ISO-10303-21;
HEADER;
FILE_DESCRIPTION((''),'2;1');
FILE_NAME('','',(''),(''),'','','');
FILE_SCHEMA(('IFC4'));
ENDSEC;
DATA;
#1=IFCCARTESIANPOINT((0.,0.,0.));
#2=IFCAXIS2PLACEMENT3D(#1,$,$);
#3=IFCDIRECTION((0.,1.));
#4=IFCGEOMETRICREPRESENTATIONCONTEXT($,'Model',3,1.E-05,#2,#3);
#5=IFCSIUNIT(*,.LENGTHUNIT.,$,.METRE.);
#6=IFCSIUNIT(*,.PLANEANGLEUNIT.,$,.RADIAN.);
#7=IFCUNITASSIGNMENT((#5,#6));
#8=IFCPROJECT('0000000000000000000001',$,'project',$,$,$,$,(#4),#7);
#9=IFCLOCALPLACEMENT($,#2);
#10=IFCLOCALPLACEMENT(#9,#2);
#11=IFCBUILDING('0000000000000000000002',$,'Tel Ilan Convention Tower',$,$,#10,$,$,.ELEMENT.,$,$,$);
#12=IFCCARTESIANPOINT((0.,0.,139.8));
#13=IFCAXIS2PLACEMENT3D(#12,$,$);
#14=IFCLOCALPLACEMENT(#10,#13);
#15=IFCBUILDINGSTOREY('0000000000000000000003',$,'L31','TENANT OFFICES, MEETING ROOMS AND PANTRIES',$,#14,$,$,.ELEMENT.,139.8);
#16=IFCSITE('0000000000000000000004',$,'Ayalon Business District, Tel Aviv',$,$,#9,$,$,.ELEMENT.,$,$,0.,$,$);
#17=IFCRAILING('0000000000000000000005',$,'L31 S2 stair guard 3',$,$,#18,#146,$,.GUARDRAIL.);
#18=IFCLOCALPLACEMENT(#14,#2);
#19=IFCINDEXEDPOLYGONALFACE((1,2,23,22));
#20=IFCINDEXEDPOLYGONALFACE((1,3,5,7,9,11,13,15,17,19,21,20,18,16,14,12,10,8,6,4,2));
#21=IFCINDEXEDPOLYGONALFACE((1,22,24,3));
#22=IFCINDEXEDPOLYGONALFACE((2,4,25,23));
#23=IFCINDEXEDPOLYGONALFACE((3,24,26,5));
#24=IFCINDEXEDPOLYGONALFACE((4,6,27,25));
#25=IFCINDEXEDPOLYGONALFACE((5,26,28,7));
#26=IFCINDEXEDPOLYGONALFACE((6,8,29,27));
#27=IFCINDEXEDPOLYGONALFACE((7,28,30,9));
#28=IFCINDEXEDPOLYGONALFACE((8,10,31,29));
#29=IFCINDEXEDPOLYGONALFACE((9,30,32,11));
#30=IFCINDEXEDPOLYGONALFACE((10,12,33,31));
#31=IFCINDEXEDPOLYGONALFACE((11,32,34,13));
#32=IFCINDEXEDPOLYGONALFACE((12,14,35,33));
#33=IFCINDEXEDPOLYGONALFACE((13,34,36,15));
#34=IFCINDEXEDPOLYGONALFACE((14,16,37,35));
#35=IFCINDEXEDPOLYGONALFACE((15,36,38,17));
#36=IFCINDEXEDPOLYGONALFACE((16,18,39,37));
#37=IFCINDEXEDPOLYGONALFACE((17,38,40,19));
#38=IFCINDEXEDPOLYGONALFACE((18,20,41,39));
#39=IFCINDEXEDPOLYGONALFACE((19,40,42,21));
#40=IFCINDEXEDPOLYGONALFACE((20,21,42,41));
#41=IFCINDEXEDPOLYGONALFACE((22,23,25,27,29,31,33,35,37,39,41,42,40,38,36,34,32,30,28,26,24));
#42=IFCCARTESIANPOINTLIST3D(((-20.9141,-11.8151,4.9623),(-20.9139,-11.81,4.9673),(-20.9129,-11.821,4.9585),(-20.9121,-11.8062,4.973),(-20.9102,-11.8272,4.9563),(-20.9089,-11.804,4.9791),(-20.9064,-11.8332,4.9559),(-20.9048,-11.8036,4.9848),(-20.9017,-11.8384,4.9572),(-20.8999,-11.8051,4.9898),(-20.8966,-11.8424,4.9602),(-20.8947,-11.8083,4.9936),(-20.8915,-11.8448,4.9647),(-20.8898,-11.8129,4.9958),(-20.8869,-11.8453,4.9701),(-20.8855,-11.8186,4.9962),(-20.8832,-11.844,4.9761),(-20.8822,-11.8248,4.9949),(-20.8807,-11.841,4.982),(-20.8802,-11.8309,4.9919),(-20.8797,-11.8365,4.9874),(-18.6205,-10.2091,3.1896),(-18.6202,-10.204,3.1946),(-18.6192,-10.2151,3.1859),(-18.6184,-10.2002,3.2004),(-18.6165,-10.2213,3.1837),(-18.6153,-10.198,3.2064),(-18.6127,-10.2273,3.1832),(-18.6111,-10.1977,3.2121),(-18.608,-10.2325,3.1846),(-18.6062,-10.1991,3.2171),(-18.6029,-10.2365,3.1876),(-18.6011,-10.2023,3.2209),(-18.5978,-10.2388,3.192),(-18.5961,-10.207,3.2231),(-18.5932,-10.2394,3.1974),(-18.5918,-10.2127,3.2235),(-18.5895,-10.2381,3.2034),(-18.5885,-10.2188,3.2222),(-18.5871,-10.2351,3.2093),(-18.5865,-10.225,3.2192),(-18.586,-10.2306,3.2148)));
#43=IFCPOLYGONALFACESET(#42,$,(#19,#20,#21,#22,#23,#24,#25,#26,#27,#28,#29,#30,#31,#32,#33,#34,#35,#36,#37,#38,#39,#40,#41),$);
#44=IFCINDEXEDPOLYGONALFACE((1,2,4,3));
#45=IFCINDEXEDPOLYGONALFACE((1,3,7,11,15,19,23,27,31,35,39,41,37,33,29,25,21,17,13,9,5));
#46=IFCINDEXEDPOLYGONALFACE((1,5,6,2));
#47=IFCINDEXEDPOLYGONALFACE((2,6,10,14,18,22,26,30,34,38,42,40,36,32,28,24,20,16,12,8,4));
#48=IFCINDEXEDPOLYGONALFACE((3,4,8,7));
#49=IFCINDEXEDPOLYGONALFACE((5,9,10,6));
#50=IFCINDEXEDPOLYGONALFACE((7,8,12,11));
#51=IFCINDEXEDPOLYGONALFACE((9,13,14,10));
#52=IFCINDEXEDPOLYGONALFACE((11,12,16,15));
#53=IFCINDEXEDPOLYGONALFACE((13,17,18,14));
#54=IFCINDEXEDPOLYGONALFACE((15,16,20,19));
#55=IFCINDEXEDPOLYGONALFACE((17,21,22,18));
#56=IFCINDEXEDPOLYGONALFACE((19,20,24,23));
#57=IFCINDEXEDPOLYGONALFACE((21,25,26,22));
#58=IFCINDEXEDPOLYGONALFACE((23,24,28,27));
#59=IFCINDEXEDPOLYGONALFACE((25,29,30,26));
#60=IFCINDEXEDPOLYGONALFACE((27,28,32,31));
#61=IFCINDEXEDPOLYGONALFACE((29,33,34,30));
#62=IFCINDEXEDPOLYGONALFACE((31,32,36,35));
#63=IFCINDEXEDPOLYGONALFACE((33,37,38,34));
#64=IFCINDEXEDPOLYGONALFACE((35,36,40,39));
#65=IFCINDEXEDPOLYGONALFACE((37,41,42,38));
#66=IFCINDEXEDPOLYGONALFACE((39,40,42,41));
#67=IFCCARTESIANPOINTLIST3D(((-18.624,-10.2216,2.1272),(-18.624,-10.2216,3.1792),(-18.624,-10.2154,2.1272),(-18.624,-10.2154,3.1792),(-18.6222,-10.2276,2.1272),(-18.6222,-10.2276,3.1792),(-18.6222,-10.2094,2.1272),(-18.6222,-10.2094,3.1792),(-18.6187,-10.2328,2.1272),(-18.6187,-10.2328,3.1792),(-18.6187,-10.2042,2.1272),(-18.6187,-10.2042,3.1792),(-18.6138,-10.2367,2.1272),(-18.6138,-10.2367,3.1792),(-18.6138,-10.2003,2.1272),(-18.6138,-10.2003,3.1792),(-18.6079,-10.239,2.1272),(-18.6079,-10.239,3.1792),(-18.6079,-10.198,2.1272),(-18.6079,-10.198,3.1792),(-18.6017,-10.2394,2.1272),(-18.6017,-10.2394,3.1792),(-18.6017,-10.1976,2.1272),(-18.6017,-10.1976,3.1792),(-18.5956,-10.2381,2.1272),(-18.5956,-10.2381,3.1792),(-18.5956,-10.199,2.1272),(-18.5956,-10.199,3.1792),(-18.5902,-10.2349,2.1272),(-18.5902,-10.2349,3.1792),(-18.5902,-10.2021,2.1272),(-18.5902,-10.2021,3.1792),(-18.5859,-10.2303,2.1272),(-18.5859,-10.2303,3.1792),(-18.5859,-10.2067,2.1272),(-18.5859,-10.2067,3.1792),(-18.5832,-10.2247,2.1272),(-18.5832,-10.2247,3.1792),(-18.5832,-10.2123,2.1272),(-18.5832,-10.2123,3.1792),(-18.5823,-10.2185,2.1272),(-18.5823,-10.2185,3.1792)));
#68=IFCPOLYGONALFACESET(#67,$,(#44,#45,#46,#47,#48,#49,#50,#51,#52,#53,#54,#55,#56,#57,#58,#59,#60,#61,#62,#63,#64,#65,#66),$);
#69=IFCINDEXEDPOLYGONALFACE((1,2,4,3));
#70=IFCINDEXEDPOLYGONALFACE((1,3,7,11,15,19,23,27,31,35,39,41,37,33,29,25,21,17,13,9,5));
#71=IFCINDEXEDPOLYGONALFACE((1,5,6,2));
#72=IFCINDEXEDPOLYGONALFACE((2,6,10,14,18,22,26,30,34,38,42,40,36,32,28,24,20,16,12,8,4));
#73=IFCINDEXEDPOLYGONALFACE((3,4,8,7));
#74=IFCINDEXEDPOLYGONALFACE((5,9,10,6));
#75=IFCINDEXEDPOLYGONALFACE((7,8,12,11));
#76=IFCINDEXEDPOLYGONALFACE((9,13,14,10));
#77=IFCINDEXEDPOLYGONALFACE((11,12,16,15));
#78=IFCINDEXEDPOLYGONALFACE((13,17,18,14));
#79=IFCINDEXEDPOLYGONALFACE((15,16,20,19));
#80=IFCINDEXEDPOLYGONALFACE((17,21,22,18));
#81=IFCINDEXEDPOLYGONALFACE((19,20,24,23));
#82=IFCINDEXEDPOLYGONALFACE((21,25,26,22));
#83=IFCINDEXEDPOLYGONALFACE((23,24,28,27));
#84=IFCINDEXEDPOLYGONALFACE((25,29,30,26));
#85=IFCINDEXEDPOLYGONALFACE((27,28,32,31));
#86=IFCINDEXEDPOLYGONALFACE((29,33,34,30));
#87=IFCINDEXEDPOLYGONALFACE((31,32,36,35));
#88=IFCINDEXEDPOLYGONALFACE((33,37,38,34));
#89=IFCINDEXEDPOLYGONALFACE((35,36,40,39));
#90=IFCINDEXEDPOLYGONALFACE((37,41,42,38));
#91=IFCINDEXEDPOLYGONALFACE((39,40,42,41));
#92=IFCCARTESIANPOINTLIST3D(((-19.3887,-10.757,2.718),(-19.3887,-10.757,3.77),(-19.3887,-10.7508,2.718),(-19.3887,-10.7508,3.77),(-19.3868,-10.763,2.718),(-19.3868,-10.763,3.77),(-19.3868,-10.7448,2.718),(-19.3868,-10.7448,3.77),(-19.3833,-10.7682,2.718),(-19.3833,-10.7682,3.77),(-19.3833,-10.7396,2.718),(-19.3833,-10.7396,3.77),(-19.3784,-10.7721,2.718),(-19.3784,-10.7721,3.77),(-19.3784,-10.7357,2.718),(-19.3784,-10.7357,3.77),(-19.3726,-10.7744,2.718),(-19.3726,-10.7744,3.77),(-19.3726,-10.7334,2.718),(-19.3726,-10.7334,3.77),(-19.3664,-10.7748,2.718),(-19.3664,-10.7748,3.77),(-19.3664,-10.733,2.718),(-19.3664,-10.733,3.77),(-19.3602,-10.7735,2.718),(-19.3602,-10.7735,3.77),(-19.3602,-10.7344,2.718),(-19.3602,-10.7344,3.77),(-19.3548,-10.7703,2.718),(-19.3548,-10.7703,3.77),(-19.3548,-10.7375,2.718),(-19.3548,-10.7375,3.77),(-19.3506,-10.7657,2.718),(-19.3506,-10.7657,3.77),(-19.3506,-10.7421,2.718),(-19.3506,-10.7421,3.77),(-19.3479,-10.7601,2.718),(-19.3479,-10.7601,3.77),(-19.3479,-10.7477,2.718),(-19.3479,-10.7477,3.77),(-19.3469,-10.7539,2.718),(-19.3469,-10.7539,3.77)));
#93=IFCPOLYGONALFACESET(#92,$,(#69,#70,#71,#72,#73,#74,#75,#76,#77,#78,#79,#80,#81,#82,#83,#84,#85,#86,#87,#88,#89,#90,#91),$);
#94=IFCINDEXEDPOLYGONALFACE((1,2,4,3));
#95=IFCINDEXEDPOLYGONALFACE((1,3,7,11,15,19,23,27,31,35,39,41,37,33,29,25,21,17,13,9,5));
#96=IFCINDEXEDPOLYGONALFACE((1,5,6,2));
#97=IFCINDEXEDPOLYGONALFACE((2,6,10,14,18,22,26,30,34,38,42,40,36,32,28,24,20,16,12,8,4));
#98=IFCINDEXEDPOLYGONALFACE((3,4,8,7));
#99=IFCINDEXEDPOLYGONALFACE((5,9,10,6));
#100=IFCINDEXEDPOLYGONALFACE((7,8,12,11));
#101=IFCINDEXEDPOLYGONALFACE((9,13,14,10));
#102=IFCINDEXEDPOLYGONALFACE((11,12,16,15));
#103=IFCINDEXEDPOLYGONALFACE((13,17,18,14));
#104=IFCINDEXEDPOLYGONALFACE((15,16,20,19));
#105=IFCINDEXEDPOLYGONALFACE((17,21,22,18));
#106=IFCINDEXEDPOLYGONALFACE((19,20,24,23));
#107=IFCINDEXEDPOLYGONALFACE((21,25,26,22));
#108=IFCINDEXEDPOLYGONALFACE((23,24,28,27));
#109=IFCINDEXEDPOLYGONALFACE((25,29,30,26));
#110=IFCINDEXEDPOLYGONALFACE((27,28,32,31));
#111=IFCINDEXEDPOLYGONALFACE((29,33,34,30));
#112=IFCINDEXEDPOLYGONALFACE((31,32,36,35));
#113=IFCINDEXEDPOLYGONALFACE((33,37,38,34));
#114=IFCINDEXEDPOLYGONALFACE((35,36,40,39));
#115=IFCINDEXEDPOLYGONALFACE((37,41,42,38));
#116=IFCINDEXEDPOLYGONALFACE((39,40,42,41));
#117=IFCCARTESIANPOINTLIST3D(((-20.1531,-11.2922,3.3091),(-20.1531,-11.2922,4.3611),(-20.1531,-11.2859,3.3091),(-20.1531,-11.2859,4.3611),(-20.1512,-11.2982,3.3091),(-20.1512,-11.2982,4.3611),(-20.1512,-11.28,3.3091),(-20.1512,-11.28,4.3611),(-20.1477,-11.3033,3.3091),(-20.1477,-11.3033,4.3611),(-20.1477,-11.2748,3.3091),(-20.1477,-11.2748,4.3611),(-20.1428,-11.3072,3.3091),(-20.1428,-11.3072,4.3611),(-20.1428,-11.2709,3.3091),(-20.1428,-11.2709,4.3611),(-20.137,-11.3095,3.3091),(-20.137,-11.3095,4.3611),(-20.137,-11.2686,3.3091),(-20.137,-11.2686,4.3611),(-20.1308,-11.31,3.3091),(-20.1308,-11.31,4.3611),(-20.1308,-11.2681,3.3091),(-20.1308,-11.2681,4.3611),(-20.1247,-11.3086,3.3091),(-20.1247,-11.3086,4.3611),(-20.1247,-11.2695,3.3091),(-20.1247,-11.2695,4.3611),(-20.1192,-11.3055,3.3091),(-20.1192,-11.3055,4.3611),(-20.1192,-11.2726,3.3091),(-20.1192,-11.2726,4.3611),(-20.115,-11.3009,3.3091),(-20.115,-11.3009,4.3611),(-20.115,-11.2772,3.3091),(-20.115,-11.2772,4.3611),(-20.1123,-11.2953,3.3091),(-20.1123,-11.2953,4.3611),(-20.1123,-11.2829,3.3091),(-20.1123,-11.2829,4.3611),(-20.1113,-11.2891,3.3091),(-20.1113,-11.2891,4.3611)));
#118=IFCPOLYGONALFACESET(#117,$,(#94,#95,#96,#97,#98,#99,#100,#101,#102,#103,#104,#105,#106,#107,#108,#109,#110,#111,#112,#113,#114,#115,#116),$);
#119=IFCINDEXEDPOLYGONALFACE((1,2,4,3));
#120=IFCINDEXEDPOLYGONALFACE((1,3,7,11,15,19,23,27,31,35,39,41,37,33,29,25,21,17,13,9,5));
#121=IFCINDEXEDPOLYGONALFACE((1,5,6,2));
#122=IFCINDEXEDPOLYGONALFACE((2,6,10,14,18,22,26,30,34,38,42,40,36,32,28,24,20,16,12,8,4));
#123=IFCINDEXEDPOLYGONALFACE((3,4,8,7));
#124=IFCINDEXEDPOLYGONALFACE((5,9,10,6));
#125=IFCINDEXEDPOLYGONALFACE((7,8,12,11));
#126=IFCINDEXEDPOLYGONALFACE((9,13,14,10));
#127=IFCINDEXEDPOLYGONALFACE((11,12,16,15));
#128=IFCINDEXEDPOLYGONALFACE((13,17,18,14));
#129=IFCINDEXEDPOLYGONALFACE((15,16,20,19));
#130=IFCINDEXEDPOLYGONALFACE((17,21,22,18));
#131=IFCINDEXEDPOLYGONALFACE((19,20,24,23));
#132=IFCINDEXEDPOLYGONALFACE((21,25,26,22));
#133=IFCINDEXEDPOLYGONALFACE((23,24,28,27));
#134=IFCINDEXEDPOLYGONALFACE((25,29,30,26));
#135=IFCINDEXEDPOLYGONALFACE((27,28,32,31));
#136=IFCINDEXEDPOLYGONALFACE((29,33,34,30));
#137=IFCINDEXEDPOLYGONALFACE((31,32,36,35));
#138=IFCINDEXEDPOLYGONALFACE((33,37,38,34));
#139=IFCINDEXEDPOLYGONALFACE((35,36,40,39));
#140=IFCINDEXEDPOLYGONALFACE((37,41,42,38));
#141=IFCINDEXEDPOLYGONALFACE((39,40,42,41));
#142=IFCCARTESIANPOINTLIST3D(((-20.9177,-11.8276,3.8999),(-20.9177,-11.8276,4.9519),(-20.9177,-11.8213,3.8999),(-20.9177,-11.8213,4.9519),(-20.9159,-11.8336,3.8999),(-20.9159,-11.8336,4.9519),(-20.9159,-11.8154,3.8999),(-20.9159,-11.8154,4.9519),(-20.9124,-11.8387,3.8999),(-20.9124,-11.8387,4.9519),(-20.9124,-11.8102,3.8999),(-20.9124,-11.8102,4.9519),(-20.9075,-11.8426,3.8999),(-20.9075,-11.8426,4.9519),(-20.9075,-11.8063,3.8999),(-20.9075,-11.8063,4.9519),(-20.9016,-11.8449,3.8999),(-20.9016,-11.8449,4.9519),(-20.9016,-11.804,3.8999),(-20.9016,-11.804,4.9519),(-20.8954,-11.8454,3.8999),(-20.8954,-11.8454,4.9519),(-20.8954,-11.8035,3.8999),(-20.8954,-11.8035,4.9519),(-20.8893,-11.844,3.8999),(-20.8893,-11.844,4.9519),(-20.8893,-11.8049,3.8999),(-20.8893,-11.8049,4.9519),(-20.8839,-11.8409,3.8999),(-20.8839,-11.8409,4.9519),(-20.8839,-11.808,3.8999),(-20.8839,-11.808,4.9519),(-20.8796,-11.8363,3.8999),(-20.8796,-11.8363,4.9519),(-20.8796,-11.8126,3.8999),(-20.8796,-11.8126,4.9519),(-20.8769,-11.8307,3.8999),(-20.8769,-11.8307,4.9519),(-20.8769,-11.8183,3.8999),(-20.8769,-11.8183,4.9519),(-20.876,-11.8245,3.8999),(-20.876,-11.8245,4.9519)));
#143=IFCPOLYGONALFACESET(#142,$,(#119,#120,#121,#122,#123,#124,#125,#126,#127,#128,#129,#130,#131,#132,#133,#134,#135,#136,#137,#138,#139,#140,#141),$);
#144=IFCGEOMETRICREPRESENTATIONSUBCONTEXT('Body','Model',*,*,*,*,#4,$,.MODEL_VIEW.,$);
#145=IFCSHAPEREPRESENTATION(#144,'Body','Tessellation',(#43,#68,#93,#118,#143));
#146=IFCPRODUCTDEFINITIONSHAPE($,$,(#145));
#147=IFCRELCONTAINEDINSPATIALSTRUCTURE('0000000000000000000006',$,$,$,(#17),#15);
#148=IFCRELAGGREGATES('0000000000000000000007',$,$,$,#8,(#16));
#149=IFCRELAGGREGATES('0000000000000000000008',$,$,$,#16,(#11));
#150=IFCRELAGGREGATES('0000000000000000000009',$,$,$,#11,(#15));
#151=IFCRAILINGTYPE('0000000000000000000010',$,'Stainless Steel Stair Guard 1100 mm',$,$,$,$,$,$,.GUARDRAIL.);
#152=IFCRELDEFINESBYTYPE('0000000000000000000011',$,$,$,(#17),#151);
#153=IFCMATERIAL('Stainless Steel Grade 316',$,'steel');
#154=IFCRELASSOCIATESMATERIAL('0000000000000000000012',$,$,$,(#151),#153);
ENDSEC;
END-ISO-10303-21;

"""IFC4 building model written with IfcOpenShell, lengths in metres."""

from ifc_helpers import new_model, si_unit, direction, frame, origin, origin_2d, place, context, subcontext, project, spatial, circle, extrude, material, type_object, element, save


model = new_model("IFC4")

# Units and contexts
model_context = context("Model", 3, precision=1e-05, world=origin(), true_north=direction((0.0, 1.0)))
body_context = subcontext(model_context, "Body", "Model", "MODEL_VIEW")
ifc_project = project(units=[si_unit("LENGTHUNIT", "METRE"), si_unit("PLANEANGLEUNIT", "RADIAN")], contexts=[model_context])

# Site, building, storey
site_placement = place(None, origin())
site = spatial("IfcSite", under=ifc_project, at=site_placement, Name="Ayalon Business District, Tel Aviv", CompositionType="ELEMENT", RefElevation=0.0)
building_placement = place(site_placement, origin())
building = spatial("IfcBuilding", under=site, at=building_placement, Name="Tel Ilan Convention Tower", CompositionType="ELEMENT")
storey_placement = place(building_placement, frame((0.0, 0.0, 139.8)))
storey = spatial("IfcBuildingStorey", under=building, at=storey_placement, Name="L31", Description="TENANT OFFICES, MEETING ROOMS AND PANTRIES", CompositionType="ELEMENT", Elevation=139.8)

# Railing
ifc_material_1 = material(Name="Stainless Steel Grade 316", Category="steel")
railing_type = type_object("IfcRailingType", Name="Stainless Steel Stair Guard 1100 mm", PredefinedType="GUARDRAIL", material=ifc_material_1)
railing_1_placement = place(storey_placement, frame((-18.6033, -10.2185, 2.1272)))
element("IfcRailing", 1, at=railing_1_placement, inside=storey, type_object=railing_type, Name="L31 S2 stair guard 3", PredefinedType="GUARDRAIL", context=body_context, shape_type="SweptSolid", body=[
    extrude(circle(Radius=0.0239, at=origin_2d()), frame((0.0, 0.0, 1.0762), z_axis=(-0.692123, -0.484597, 0.534913), x_axis=(0.57355, -0.81917, 0.0)), (0.0, 0.0, 1.0), 3.314),
    extrude(circle(Radius=0.021, at=origin_2d()), origin(), (0.0, 0.0, 1.0), 1.052),
    extrude(circle(Radius=0.021, at=origin_2d()), frame((-0.7646, -0.5354, 0.5908)), (0.0, 0.0, 1.0), 1.052),
    extrude(circle(Radius=0.021, at=origin_2d()), frame((-1.5291, -1.0706, 1.1819)), (0.0, 0.0, 1.0), 1.052),
    extrude(circle(Radius=0.021, at=origin_2d()), frame((-2.2937, -1.606, 1.7727)), (0.0, 0.0, 1.0), 1.052),
])

save(model, "model.ifc")
